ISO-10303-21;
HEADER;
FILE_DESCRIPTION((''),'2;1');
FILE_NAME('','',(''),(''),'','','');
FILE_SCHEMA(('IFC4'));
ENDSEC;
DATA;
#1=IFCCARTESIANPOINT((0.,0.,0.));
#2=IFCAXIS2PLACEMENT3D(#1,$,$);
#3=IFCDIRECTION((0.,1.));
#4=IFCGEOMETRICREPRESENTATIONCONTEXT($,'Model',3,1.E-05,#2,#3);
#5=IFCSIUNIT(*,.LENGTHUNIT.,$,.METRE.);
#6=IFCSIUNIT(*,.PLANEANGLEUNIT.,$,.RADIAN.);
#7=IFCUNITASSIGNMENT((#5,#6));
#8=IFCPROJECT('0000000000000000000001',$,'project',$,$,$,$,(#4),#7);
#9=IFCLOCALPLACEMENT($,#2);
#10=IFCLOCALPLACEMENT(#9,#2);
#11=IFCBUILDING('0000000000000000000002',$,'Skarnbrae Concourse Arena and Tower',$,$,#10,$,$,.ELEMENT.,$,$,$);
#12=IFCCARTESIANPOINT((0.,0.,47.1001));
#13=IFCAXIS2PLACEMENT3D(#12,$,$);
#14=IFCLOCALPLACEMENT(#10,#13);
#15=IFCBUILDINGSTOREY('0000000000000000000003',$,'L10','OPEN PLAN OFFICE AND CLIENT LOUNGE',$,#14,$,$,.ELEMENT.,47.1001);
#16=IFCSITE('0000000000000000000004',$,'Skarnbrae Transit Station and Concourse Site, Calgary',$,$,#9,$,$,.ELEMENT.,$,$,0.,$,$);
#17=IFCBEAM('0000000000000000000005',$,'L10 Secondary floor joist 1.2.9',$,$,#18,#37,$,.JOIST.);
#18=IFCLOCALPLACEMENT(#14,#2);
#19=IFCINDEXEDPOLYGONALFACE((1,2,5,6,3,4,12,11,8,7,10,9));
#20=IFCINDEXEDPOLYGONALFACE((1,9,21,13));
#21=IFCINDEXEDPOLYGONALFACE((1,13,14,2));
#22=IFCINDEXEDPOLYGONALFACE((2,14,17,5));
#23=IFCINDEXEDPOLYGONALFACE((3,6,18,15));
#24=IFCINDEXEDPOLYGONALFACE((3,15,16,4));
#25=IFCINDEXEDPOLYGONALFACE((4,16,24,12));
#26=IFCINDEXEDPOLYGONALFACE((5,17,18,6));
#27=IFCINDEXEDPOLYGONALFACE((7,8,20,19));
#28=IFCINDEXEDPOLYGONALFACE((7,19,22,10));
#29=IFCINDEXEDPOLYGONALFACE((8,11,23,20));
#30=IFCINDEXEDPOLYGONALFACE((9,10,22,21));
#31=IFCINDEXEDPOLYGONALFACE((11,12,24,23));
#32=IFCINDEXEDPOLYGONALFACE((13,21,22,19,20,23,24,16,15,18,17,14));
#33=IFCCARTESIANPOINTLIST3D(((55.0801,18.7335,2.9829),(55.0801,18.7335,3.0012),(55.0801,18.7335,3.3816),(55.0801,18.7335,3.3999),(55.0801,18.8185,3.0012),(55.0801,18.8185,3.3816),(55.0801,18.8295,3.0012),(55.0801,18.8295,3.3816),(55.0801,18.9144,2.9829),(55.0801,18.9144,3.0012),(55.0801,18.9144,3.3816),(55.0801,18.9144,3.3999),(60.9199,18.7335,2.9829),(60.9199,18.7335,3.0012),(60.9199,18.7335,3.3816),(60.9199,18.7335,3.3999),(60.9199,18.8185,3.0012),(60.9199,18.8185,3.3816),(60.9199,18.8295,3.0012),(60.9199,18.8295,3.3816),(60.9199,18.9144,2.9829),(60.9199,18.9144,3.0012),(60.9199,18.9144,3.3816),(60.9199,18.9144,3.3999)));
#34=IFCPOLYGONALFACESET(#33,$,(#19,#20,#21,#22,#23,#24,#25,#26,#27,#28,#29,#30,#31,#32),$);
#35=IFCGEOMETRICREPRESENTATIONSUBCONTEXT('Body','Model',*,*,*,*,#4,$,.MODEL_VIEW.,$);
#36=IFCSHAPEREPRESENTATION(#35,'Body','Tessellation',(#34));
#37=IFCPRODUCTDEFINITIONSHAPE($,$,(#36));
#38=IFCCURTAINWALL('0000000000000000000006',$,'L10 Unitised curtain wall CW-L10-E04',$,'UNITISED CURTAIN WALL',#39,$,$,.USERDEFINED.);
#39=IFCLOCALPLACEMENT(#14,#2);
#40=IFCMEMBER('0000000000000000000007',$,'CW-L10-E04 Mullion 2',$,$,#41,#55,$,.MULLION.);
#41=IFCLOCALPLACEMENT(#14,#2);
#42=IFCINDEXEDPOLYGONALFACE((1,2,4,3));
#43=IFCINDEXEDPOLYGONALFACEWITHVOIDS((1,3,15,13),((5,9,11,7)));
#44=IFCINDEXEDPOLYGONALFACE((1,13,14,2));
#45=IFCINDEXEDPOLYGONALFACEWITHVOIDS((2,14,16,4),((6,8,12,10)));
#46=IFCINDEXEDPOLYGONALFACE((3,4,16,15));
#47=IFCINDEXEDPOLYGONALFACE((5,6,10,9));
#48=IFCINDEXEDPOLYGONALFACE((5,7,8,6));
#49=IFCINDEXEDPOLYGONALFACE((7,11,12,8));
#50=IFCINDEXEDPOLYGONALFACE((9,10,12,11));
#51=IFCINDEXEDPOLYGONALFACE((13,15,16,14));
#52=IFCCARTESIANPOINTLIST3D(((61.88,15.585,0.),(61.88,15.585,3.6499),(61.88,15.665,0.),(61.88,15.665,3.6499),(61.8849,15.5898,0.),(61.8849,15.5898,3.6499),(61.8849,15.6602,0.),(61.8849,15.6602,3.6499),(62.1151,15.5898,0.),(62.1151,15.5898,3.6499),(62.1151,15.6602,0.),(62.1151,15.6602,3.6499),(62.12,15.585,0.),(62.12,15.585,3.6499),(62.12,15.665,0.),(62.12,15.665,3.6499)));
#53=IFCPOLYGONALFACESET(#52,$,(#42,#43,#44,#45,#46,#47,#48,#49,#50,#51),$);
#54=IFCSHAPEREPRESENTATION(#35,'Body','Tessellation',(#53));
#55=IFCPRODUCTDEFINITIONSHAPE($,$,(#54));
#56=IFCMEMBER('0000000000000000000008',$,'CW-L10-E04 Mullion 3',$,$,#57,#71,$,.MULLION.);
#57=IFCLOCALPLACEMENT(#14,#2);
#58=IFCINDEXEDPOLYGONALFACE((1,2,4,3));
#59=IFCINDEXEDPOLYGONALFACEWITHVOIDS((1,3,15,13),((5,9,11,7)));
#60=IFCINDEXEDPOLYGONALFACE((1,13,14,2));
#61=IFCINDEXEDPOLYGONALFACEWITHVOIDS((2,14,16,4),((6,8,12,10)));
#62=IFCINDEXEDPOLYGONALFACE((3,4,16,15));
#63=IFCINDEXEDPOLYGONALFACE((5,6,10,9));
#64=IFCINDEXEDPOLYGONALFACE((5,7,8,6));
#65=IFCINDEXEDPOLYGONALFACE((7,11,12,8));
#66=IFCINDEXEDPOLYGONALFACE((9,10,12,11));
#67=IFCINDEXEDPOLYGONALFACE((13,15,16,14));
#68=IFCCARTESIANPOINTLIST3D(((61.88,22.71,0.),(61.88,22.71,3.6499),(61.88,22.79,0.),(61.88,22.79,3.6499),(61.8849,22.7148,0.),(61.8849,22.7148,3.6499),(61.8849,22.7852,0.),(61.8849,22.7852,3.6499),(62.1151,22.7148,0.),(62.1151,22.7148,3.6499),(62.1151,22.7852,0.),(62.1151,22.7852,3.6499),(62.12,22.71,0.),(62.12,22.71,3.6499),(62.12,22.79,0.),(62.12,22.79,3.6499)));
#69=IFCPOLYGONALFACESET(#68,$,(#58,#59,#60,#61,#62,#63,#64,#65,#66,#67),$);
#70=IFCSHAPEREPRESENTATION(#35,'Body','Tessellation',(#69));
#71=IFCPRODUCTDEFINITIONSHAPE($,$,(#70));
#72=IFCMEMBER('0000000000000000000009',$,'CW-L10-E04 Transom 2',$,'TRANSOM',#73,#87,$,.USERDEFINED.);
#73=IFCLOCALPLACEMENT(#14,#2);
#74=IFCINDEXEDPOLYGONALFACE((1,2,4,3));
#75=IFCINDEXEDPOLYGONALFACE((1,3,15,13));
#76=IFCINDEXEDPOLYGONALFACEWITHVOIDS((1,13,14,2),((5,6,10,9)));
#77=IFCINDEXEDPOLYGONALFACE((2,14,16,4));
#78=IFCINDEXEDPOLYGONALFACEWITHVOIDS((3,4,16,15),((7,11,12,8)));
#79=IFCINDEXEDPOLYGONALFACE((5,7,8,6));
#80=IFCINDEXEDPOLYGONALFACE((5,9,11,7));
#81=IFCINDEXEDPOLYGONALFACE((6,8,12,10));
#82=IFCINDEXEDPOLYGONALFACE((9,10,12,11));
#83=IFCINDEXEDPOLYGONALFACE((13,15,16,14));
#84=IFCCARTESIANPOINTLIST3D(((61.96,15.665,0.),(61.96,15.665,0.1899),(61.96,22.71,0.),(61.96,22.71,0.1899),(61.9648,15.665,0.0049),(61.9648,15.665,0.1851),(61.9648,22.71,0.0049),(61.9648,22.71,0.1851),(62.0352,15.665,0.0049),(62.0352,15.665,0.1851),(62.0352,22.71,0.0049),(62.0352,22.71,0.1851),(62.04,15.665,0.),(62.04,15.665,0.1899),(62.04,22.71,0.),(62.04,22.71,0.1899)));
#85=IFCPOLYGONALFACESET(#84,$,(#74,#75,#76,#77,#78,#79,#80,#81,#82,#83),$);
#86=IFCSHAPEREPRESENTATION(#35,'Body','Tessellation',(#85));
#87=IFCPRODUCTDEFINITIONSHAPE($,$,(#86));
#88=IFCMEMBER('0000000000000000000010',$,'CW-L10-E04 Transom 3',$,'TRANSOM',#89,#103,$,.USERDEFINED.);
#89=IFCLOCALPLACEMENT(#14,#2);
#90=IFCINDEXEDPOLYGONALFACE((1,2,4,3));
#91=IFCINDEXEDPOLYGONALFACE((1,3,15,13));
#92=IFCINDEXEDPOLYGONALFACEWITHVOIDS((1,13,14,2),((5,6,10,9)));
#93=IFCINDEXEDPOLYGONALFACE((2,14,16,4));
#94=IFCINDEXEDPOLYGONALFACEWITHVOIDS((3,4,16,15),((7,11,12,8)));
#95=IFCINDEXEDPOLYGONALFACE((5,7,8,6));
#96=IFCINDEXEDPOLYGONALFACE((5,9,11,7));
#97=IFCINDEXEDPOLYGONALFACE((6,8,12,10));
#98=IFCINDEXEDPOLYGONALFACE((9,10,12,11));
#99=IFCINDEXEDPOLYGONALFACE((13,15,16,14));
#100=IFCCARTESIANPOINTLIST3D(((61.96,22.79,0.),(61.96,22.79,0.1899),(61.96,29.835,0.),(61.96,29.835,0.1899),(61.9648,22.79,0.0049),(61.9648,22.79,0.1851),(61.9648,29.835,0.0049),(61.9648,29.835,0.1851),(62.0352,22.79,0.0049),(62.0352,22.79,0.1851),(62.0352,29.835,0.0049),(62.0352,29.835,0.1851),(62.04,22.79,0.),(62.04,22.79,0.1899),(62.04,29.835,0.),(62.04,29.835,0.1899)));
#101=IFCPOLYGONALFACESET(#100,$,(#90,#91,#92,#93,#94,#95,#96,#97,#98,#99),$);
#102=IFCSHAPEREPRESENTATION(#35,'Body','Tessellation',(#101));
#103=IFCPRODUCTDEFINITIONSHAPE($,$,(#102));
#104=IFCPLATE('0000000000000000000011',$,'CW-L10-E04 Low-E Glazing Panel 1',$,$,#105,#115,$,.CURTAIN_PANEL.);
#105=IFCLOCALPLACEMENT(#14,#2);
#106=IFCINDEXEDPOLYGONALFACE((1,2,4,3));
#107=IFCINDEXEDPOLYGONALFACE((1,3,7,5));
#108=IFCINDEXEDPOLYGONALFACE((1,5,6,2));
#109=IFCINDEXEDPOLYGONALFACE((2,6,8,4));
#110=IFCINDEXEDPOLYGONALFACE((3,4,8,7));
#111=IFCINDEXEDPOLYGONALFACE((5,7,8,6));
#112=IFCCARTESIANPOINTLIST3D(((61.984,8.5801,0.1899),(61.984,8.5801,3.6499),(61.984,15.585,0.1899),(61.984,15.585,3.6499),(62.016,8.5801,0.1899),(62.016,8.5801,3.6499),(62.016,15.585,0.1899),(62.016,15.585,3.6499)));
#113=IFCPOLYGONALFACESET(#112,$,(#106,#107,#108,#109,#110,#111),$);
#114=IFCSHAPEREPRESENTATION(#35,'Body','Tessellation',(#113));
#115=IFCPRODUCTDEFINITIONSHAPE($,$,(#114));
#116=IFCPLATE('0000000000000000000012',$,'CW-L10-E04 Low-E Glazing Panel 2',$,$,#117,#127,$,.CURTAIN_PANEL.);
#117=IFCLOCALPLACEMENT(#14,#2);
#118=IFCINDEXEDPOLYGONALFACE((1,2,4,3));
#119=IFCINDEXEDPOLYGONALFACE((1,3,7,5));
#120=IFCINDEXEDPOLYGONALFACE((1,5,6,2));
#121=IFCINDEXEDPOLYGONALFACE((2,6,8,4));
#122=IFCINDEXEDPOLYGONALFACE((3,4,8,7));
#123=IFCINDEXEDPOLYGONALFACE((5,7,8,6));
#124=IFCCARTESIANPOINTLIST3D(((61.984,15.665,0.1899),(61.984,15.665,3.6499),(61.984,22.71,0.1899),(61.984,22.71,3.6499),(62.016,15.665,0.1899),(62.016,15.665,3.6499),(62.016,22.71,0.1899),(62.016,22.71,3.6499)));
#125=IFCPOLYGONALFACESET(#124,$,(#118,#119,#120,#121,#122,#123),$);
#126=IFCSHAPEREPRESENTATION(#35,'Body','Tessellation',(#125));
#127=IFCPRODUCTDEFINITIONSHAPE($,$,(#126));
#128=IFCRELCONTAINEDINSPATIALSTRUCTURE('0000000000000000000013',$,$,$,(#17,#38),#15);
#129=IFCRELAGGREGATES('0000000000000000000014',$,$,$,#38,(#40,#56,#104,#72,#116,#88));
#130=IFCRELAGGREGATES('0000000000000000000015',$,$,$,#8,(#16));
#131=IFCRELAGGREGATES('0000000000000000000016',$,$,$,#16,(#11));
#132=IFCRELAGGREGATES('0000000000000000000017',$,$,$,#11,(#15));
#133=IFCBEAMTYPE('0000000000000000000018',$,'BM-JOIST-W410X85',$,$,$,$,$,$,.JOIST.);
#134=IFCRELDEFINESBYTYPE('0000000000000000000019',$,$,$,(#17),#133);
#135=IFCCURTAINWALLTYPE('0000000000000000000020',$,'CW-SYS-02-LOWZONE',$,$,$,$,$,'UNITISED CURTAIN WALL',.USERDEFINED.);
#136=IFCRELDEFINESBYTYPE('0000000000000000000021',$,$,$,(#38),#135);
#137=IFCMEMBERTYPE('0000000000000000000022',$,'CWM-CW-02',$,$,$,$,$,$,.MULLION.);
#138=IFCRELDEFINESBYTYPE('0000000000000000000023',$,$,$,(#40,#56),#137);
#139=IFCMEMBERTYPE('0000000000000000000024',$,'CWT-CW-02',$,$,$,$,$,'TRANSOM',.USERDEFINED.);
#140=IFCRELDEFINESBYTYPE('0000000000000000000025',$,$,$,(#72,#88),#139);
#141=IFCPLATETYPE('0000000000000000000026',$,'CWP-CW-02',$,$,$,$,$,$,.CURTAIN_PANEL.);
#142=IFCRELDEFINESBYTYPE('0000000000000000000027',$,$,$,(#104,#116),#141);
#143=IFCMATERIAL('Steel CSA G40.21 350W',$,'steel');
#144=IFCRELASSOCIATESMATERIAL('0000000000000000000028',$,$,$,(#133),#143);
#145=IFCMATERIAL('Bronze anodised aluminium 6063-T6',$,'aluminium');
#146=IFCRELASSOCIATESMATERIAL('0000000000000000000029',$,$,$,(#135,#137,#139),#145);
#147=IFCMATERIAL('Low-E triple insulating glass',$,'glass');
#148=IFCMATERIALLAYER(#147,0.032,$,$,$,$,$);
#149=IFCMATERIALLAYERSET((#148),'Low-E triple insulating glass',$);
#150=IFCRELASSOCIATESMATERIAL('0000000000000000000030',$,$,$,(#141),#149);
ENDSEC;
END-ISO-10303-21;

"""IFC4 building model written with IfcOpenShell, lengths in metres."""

from ifc_helpers import new_model, si_unit, direction, frame, origin, origin_2d, place, context, subcontext, project, spatial, rectangle, hollow_rectangle, i_section, extrude, source, transform, mapped, material, layer, layer_set, material_profile, profile_set, type_object, element, aggregate, save


model = new_model("IFC4")

# Units and contexts
model_context = context("Model", 3, precision=1e-05, world=origin(), true_north=direction((0.0, 1.0)))
body_context = subcontext(model_context, "Body", "Model", "MODEL_VIEW")
ifc_project = project(units=[si_unit("LENGTHUNIT", "METRE"), si_unit("PLANEANGLEUNIT", "RADIAN")], contexts=[model_context])

# Site, building, storey
site_placement = place(None, origin())
site = spatial("IfcSite", under=ifc_project, at=site_placement, Name="Skarnbrae Transit Station and Concourse Site, Calgary", CompositionType="ELEMENT", RefElevation=0.0)
building_placement = place(site_placement, origin())
building = spatial("IfcBuilding", under=site, at=building_placement, Name="Skarnbrae Concourse Arena and Tower", CompositionType="ELEMENT")
storey_placement = place(building_placement, frame((0.0, 0.0, 47.1001)))
storey = spatial("IfcBuildingStorey", under=building, at=storey_placement, Name="L10", Description="OPEN PLAN OFFICE AND CLIENT LOUNGE", CompositionType="ELEMENT", Elevation=47.1001)

# Shared definitions
ifc_material_1 = material(Name="Steel CSA G40.21 350W", Category="steel")

# Beam
ifc_material_profile_1 = material_profile(ifc_material_1, i_section(OverallWidth=0.1809, OverallDepth=0.417, WebThickness=0.011, FlangeThickness=0.0183, at=origin_2d()), Name="W410X85")
ifc_profile_set_1 = profile_set([ifc_material_profile_1], Name="Steel CSA G40.21 350W")
beam_type_1 = type_object("IfcBeamType", Name="BM-JOIST-W410X85", PredefinedType="JOIST", material=ifc_profile_set_1)
shared_shape_1 = source(origin(), body_context, "Body", "SweptSolid", [
    extrude(i_section(OverallWidth=0.1809, OverallDepth=0.417, WebThickness=0.011, FlangeThickness=0.0183, at=origin_2d()), origin(), (0.0, 0.0, 1.0), 5.8398),
])
for number, where, z_axis, x_axis, name in (
    (1, (55.0801, 18.824, 3.1914), (1.0, 0.0, 0.0), (0.0, 1.0, 0.0), "L10 Secondary floor joist 1.2.9"),
):
    element("IfcBeam", number, at=place(storey_placement, frame(where, z_axis=z_axis, x_axis=x_axis)), inside=storey, type_object=beam_type_1, Name=name, PredefinedType="JOIST", context=body_context, shape_type="MappedRepresentation", body=[
        mapped(shared_shape_1, transform((0.0, 0.0, 0.0))),
    ])

# Curtain wall, members, plates
ifc_material_2 = material(Name="Bronze anodised aluminium 6063-T6", Category="aluminium")
curtain_wall_type = type_object("IfcCurtainWallType", Name="CW-SYS-02-LOWZONE", ElementType="UNITISED CURTAIN WALL", PredefinedType="USERDEFINED", material=ifc_material_2)
curtain_wall_placement = place(storey_placement, origin())
curtain_wall = element("IfcCurtainWall", 2, at=curtain_wall_placement, inside=storey, type_object=curtain_wall_type, Name="L10 Unitised curtain wall CW-L10-E04", ObjectType="UNITISED CURTAIN WALL", PredefinedType="USERDEFINED")
ifc_material_profile_2 = material_profile(ifc_material_2, hollow_rectangle(XDim=0.0801, YDim=0.24, WallThickness=0.0049, at=origin_2d()), Name="ALU-MULL-80X240")
ifc_profile_set_2 = profile_set([ifc_material_profile_2], Name="Bronze anodised aluminium 6063-T6")
member_type_1 = type_object("IfcMemberType", Name="CWM-CW-02", PredefinedType="MULLION", material=ifc_profile_set_2)
shared_shape_2 = source(origin(), body_context, "Body", "SweptSolid", [
    extrude(hollow_rectangle(XDim=0.0801, YDim=0.24, WallThickness=0.0049, at=origin_2d()), origin(), (0.0, 0.0, 1.0), 3.6499),
])
member_1_placement = place(storey_placement, frame((62.0, 15.625, 0.0), z_axis=(0.0, 0.0, 1.0), x_axis=(0.0, 1.0, 0.0)))
member_1 = element("IfcMember", 3, at=member_1_placement, type_object=member_type_1, Name="CW-L10-E04 Mullion 2", PredefinedType="MULLION", context=body_context, shape_type="MappedRepresentation", body=[
    mapped(shared_shape_2, transform((0.0, 0.0, 0.0))),
])
member_2_placement = place(storey_placement, frame((62.0, 22.75, 0.0), z_axis=(0.0, 0.0, 1.0), x_axis=(0.0, 1.0, 0.0)))
member_2 = element("IfcMember", 4, at=member_2_placement, type_object=member_type_1, Name="CW-L10-E04 Mullion 3", PredefinedType="MULLION", context=body_context, shape_type="MappedRepresentation", body=[
    mapped(shared_shape_2, transform((0.0, 0.0, 0.0))),
])
ifc_material_profile_3 = material_profile(ifc_material_2, hollow_rectangle(XDim=0.0801, YDim=0.1899, WallThickness=0.0049, at=origin_2d()), Name="ALU-TRAN-80X190")
ifc_profile_set_3 = profile_set([ifc_material_profile_3], Name="Bronze anodised aluminium 6063-T6")
member_type_2 = type_object("IfcMemberType", Name="CWT-CW-02", ElementType="TRANSOM", PredefinedType="USERDEFINED", material=ifc_profile_set_3)
shared_shape_3 = source(origin(), body_context, "Body", "SweptSolid", [
    extrude(hollow_rectangle(XDim=0.0801, YDim=0.1899, WallThickness=0.0049, at=origin_2d()), origin(), (0.0, 0.0, 1.0), 7.0449),
])
member_3_placement = place(storey_placement, frame((62.0, 15.665, 0.095), z_axis=(0.0, 1.0, 0.0), x_axis=(-1.0, 0.0, 0.0)))
member_3 = element("IfcMember", 5, at=member_3_placement, type_object=member_type_2, Name="CW-L10-E04 Transom 2", ObjectType="TRANSOM", PredefinedType="USERDEFINED", context=body_context, shape_type="MappedRepresentation", body=[
    mapped(shared_shape_3, transform((0.0, 0.0, 0.0))),
])
member_4_placement = place(storey_placement, frame((62.0, 22.79, 0.095), z_axis=(0.0, 1.0, 0.0), x_axis=(-1.0, 0.0, 0.0)))
member_4 = element("IfcMember", 6, at=member_4_placement, type_object=member_type_2, Name="CW-L10-E04 Transom 3", ObjectType="TRANSOM", PredefinedType="USERDEFINED", context=body_context, shape_type="MappedRepresentation", body=[
    mapped(shared_shape_3, transform((0.0, 0.0, 0.0))),
])
ifc_material_3 = material(Name="Low-E triple insulating glass", Category="glass")
ifc_layer = layer(ifc_material_3, 0.032)
ifc_layer_set = layer_set([ifc_layer], Name="Low-E triple insulating glass")
plate_type = type_object("IfcPlateType", Name="CWP-CW-02", PredefinedType="CURTAIN_PANEL", material=ifc_layer_set)
shared_shape_4 = source(origin(), body_context, "Body", "SweptSolid", [
    extrude(rectangle(XDim=7.0049, YDim=0.032, at=origin_2d()), origin(), (0.0, 0.0, 1.0), 3.46),
])
plate_1_placement = place(storey_placement, frame((62.0, 12.0825, 0.1899), z_axis=(0.0, 0.0, 1.0), x_axis=(0.0, 1.0, 0.0)))
plate_1 = element("IfcPlate", 7, at=plate_1_placement, type_object=plate_type, Name="CW-L10-E04 Low-E Glazing Panel 1", PredefinedType="CURTAIN_PANEL", context=body_context, shape_type="MappedRepresentation", body=[
    mapped(shared_shape_4, transform((0.0, 0.0, 0.0))),
])
shared_shape_5 = source(origin(), body_context, "Body", "SweptSolid", [
    extrude(rectangle(XDim=7.0449, YDim=0.032, at=origin_2d()), origin(), (0.0, 0.0, 1.0), 3.46),
])
plate_2_placement = place(storey_placement, frame((62.0, 19.1875, 0.1899), z_axis=(0.0, 0.0, 1.0), x_axis=(0.0, 1.0, 0.0)))
plate_2 = element("IfcPlate", 8, at=plate_2_placement, type_object=plate_type, Name="CW-L10-E04 Low-E Glazing Panel 2", PredefinedType="CURTAIN_PANEL", context=body_context, shape_type="MappedRepresentation", body=[
    mapped(shared_shape_5, transform((0.0, 0.0, 0.0))),
])
aggregate(curtain_wall, [member_1, member_2, plate_1, member_3, plate_2, member_4])

save(model, "model.ifc")
